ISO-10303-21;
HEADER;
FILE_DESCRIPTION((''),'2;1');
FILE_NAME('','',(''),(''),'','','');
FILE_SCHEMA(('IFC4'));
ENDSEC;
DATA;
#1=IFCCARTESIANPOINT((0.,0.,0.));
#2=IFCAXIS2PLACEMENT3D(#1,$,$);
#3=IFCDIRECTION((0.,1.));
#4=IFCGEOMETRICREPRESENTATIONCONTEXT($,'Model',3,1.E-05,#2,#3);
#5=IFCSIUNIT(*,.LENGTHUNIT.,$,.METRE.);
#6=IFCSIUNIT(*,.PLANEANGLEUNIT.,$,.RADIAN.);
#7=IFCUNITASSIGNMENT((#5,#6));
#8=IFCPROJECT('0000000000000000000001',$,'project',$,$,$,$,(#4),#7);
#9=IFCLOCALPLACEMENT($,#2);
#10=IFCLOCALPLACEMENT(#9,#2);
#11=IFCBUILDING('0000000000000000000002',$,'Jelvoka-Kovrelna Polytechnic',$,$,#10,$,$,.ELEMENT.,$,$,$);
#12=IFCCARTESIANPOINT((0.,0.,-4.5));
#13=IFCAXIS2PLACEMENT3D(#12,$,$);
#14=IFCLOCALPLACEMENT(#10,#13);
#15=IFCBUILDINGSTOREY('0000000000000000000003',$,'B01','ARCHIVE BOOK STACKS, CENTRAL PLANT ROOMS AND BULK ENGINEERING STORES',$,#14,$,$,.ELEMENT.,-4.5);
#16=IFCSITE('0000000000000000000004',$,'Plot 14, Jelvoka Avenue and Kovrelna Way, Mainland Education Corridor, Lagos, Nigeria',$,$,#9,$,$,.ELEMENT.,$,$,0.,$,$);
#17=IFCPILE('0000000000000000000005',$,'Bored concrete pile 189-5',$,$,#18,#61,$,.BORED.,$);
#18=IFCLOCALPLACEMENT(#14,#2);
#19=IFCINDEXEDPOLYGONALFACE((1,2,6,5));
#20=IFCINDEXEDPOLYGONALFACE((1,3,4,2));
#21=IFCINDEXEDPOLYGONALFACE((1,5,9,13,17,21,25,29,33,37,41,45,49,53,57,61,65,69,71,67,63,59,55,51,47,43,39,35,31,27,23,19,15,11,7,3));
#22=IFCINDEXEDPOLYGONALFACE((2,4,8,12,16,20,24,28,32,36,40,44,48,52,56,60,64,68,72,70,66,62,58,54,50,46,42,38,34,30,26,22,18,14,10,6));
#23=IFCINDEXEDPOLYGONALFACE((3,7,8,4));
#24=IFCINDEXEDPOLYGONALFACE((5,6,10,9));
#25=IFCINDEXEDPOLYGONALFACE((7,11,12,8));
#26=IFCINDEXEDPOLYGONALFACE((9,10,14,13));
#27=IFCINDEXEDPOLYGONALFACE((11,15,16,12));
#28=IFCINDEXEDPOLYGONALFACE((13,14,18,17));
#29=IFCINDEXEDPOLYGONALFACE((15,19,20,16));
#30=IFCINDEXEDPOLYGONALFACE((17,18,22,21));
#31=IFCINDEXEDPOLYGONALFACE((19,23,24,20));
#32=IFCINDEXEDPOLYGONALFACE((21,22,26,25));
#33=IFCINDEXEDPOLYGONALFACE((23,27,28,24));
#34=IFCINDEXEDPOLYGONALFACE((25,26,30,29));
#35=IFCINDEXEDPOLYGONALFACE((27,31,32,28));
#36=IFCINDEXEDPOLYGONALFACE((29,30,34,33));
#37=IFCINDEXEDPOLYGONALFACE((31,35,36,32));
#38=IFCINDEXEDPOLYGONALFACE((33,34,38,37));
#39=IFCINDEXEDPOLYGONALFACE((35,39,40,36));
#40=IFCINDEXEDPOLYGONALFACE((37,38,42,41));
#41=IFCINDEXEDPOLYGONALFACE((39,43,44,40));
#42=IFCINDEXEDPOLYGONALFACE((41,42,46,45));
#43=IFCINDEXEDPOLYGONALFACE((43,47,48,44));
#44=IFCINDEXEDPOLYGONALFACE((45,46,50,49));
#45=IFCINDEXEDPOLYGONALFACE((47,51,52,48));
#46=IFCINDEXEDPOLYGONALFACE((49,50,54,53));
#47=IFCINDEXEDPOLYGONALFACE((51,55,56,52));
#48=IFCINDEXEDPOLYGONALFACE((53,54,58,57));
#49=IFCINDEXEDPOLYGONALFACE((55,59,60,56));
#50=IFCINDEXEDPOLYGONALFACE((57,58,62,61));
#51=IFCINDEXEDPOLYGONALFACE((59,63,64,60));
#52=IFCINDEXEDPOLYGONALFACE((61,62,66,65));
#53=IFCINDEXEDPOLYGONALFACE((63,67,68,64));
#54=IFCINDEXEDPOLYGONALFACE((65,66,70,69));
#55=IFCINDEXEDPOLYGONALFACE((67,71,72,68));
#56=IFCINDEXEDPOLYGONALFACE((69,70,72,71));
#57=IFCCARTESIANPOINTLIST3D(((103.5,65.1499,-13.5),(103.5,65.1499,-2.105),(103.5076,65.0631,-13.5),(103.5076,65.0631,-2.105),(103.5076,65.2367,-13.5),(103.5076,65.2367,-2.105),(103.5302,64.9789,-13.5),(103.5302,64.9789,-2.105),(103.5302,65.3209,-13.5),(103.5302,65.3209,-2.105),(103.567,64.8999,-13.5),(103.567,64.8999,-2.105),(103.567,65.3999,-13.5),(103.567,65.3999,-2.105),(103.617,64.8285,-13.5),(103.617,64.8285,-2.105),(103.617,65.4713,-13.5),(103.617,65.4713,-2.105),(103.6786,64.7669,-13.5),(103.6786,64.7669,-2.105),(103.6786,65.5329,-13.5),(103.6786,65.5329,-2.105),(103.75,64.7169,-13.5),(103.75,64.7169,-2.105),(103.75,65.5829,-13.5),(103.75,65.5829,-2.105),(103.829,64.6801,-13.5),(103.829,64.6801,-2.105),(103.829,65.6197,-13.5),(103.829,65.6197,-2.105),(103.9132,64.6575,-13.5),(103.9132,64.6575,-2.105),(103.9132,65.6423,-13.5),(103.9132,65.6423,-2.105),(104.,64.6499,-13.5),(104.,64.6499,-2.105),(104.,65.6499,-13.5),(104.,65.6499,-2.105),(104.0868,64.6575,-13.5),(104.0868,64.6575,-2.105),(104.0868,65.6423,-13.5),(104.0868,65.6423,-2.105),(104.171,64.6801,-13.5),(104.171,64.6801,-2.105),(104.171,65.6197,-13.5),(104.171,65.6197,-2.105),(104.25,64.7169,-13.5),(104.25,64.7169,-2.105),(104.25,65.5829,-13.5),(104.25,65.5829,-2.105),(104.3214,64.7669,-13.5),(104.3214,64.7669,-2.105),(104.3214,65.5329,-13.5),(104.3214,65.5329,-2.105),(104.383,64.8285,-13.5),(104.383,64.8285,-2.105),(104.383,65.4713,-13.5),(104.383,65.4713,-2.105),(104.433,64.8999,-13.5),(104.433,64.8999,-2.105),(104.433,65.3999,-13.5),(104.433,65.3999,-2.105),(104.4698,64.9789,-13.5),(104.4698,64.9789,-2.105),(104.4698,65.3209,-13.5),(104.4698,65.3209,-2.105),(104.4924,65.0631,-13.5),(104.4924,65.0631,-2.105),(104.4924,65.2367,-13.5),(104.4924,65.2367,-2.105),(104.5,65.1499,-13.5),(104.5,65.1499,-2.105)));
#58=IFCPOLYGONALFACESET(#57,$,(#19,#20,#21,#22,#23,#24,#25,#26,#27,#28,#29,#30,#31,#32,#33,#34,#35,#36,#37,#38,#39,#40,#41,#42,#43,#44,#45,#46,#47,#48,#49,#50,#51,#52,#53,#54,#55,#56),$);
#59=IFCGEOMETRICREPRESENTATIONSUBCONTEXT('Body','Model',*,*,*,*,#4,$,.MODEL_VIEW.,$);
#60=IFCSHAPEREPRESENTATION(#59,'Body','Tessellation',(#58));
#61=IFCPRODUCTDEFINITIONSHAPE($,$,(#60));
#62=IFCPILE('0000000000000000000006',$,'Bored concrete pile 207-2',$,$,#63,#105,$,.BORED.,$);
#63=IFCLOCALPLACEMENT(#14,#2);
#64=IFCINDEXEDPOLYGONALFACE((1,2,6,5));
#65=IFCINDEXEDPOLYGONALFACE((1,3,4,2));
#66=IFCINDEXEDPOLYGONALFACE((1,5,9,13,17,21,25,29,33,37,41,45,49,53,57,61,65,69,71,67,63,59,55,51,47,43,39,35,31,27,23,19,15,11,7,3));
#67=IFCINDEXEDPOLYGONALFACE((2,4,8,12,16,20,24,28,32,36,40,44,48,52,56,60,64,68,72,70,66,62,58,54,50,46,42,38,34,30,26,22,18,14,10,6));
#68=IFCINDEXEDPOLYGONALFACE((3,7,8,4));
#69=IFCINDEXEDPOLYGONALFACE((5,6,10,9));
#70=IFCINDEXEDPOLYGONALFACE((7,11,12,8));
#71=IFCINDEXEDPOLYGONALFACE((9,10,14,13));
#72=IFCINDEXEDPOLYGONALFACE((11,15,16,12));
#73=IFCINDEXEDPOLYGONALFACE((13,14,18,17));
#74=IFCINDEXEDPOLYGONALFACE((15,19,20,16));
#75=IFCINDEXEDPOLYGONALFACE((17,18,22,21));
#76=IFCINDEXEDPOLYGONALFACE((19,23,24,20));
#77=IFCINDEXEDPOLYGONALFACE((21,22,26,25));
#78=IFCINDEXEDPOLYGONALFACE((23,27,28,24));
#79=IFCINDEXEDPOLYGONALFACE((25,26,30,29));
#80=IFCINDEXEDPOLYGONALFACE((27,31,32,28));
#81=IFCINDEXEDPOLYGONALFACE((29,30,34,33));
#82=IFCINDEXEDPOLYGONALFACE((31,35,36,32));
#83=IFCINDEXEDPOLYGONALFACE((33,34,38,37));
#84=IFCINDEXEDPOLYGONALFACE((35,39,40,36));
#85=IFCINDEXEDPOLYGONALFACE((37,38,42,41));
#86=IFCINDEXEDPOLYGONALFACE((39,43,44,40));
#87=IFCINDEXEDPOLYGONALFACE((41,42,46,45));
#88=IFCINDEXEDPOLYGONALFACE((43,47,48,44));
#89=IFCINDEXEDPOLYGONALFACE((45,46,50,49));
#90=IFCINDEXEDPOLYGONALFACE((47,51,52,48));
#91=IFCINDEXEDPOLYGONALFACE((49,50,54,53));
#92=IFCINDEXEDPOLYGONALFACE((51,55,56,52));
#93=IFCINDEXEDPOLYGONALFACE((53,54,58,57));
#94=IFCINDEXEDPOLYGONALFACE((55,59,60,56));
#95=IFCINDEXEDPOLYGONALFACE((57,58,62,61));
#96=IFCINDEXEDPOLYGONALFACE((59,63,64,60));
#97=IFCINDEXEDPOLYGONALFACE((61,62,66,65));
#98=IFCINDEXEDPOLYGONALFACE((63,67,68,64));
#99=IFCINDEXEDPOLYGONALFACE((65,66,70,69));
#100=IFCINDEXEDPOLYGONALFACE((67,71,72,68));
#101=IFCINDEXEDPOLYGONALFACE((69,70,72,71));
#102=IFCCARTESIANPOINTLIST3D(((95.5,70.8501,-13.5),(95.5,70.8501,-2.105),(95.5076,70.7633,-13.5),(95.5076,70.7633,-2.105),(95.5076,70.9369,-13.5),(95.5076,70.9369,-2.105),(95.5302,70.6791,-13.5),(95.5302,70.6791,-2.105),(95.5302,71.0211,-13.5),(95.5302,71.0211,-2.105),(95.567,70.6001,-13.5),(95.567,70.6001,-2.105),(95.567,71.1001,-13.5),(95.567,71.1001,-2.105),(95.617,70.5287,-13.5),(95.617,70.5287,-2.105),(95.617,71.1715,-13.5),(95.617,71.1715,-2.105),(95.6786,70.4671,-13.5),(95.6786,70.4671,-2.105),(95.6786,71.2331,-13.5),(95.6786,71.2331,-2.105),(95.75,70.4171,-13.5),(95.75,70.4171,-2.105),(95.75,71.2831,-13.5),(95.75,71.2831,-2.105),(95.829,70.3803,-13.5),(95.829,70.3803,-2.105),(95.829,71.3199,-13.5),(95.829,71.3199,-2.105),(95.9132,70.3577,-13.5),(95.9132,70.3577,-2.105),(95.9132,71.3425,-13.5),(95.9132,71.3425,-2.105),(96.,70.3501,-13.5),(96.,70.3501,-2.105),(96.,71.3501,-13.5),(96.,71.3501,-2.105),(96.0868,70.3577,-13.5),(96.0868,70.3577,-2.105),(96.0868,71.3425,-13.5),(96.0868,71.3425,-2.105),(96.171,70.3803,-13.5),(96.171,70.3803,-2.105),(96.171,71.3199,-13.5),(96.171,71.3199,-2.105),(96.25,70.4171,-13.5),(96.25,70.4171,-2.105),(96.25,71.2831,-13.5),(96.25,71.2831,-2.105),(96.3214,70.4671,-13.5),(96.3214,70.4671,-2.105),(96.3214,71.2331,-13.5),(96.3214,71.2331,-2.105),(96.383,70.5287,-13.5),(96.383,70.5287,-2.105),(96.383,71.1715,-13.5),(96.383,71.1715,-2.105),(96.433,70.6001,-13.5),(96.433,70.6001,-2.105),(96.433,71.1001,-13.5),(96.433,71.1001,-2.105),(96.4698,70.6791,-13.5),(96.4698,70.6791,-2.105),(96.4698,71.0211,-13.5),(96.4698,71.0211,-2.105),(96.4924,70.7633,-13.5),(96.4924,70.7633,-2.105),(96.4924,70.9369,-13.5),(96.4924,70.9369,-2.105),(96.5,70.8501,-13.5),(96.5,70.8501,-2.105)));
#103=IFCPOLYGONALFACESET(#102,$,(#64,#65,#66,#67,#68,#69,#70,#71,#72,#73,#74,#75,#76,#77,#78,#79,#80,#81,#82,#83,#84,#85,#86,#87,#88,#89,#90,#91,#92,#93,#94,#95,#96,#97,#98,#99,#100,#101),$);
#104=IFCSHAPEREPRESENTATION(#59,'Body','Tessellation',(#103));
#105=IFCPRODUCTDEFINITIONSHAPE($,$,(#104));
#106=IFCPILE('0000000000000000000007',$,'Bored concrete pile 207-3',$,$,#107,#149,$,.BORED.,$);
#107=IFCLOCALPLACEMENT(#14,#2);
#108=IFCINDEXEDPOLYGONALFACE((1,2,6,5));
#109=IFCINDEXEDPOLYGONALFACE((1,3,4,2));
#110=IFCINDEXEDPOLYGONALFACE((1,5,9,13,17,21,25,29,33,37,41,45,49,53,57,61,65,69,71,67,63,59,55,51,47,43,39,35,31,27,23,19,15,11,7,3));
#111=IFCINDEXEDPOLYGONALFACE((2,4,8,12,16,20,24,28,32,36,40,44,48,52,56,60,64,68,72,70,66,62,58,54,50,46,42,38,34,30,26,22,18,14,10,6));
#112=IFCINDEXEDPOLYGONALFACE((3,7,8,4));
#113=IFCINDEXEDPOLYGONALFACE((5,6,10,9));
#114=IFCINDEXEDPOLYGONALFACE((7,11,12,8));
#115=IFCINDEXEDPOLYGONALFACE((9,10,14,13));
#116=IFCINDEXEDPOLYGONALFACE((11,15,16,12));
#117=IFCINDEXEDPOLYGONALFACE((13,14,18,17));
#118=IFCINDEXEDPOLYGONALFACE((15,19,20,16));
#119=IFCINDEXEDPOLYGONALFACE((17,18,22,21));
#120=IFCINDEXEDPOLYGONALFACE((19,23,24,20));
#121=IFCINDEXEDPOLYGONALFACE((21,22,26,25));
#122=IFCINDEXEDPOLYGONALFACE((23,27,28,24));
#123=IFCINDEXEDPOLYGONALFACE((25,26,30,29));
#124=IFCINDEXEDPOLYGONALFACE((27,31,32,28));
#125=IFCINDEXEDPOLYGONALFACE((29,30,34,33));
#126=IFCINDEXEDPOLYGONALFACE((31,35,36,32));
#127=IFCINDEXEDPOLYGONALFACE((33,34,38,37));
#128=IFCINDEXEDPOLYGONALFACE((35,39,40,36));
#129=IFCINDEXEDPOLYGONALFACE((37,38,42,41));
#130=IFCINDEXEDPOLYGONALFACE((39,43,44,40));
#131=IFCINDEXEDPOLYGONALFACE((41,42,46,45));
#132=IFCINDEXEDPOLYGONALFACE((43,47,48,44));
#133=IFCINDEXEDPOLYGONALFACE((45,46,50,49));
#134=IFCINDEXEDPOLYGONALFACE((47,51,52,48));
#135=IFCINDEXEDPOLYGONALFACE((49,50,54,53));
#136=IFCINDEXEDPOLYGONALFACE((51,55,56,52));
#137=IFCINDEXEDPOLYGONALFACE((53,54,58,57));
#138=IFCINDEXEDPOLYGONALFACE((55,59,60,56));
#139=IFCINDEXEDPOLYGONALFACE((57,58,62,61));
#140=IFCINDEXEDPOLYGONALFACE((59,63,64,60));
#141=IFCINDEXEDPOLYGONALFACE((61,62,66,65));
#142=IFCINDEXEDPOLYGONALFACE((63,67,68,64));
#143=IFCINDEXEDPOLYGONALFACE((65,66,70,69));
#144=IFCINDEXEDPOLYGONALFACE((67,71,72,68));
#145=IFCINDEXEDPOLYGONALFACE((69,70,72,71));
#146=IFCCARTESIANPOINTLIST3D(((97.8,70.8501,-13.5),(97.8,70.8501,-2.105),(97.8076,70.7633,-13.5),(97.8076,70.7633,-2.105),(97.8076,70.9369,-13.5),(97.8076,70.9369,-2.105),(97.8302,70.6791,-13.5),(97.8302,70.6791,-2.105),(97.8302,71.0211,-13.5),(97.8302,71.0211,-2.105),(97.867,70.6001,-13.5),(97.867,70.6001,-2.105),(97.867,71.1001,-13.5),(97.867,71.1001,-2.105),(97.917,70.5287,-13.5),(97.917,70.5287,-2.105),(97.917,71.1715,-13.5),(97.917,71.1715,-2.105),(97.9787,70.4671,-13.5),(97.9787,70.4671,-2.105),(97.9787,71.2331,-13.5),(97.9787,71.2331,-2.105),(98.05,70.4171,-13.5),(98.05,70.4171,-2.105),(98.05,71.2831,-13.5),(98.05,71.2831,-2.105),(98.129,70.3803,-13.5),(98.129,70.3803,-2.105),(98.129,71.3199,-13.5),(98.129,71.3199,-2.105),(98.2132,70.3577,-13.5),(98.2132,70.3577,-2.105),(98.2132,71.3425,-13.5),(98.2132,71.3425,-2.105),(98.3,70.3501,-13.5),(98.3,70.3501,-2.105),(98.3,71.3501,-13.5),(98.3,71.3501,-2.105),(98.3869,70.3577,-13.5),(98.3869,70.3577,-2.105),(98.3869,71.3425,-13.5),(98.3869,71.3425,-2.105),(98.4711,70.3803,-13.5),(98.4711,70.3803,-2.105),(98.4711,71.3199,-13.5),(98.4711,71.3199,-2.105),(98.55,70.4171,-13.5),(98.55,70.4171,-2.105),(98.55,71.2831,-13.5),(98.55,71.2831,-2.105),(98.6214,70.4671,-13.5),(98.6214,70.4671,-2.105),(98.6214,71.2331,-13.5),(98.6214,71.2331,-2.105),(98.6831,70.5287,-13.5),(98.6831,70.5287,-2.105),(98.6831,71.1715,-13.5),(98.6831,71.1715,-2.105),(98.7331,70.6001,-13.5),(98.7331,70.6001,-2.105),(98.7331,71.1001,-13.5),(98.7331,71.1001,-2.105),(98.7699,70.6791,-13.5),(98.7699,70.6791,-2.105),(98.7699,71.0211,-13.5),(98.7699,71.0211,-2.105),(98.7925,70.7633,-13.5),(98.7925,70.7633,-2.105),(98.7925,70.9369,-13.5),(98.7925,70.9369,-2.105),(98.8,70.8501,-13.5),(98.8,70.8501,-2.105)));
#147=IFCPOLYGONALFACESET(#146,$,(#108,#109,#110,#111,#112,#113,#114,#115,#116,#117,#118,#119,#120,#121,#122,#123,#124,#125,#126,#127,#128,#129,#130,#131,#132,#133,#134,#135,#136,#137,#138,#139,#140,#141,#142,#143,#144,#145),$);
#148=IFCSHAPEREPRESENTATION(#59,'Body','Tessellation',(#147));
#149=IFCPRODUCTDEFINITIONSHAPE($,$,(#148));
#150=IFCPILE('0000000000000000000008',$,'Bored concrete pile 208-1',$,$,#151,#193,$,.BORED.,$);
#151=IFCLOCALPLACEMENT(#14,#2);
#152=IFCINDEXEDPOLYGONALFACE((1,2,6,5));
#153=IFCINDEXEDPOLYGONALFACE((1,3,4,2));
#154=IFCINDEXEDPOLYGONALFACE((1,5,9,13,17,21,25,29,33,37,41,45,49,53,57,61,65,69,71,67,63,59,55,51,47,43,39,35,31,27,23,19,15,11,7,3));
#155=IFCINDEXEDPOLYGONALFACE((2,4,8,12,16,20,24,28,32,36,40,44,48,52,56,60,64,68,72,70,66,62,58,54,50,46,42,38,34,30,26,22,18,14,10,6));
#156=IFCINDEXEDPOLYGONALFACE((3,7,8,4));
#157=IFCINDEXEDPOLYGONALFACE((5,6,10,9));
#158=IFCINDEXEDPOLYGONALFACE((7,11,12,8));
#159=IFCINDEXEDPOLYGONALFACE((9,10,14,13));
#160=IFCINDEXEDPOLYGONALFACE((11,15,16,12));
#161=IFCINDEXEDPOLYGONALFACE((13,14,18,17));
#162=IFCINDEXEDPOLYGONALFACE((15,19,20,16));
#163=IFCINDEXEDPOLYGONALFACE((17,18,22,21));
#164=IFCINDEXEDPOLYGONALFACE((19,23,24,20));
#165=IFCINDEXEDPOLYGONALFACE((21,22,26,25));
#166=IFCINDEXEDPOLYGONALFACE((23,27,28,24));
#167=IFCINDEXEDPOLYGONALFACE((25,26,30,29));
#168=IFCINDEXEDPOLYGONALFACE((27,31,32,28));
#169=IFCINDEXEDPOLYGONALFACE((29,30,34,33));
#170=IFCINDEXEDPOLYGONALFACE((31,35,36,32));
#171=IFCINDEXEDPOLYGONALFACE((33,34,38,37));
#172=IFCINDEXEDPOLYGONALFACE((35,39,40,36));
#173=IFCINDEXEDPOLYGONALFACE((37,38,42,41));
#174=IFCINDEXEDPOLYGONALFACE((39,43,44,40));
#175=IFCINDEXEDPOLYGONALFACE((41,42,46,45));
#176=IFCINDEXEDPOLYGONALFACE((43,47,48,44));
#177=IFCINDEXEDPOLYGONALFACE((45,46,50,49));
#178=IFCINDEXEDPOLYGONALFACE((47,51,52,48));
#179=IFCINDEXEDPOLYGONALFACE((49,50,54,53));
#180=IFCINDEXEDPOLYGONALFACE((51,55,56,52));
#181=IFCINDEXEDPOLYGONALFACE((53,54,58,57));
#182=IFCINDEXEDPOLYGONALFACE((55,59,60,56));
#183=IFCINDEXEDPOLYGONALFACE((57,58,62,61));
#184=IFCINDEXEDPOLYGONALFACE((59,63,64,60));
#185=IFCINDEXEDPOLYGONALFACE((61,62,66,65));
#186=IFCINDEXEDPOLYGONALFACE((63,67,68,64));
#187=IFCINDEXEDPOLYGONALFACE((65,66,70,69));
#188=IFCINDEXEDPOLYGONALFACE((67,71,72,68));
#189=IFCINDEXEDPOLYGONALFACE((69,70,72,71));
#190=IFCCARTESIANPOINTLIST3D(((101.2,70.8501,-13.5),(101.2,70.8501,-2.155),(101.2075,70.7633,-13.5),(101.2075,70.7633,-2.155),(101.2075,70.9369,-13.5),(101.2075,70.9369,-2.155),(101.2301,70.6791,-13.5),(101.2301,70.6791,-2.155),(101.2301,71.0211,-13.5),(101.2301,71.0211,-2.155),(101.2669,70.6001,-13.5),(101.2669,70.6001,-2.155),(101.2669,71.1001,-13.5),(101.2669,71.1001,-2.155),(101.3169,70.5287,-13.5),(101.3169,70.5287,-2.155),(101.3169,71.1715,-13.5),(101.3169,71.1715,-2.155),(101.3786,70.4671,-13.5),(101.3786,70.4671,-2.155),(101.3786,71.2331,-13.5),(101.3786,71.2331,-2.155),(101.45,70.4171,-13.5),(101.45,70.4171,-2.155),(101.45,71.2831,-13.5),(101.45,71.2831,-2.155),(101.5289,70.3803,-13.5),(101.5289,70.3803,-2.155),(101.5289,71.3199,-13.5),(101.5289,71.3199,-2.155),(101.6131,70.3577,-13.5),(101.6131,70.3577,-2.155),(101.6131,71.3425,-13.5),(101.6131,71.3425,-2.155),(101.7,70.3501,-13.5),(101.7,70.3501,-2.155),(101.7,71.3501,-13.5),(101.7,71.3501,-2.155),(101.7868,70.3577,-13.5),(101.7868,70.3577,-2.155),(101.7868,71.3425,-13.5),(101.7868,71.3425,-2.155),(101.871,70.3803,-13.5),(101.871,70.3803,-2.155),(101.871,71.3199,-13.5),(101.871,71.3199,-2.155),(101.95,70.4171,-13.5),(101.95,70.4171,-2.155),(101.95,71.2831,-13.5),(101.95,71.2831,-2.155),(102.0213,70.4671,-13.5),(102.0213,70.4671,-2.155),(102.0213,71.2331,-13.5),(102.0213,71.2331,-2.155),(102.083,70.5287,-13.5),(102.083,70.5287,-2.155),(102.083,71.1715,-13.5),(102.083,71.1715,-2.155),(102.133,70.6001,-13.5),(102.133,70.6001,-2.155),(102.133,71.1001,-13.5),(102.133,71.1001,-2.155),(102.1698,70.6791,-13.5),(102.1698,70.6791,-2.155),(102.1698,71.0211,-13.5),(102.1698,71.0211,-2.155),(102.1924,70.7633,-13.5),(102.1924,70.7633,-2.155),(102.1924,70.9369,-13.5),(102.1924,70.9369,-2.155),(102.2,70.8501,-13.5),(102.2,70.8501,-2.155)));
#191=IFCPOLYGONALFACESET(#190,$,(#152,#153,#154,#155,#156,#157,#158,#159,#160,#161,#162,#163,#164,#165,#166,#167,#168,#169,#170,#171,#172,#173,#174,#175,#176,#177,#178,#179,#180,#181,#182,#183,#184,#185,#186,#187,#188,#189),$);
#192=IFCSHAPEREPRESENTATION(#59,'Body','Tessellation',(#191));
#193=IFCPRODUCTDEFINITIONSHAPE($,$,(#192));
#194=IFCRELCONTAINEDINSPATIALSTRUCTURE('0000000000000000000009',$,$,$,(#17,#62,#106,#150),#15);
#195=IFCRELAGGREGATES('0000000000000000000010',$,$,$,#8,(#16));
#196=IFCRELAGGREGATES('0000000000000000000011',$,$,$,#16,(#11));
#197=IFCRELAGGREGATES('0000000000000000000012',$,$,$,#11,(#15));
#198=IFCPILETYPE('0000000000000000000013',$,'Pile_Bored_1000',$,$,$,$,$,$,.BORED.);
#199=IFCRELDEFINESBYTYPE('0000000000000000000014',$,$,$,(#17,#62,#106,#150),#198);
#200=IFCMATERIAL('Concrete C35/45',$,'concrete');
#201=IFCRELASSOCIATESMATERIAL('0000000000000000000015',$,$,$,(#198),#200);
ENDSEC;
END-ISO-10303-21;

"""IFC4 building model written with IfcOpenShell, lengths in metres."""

from ifc_helpers import new_model, si_unit, direction, frame, origin, origin_2d, place, context, subcontext, project, spatial, circle, extrude, material, material_profile, profile_set, type_object, element, save


model = new_model("IFC4")

# Units and contexts
model_context = context("Model", 3, precision=1e-05, world=origin(), true_north=direction((0.0, 1.0)))
body_context = subcontext(model_context, "Body", "Model", "MODEL_VIEW")
ifc_project = project(units=[si_unit("LENGTHUNIT", "METRE"), si_unit("PLANEANGLEUNIT", "RADIAN")], contexts=[model_context])

# Site, building, storey
site_placement = place(None, origin())
site = spatial("IfcSite", under=ifc_project, at=site_placement, Name="Plot 14, Jelvoka Avenue and Kovrelna Way, Mainland Education Corridor, Lagos, Nigeria", CompositionType="ELEMENT", RefElevation=0.0)
building_placement = place(site_placement, origin())
building = spatial("IfcBuilding", under=site, at=building_placement, Name="Jelvoka-Kovrelna Polytechnic", CompositionType="ELEMENT")
storey_placement = place(building_placement, frame((0.0, 0.0, -4.5)))
storey = spatial("IfcBuildingStorey", under=building, at=storey_placement, Name="B01", Description="ARCHIVE BOOK STACKS, CENTRAL PLANT ROOMS AND BULK ENGINEERING STORES", CompositionType="ELEMENT", Elevation=-4.5)

# Piles
ifc_material_1 = material(Name="Concrete C35/45", Category="concrete")
ifc_material_profile_1 = material_profile(ifc_material_1, circle(Radius=0.5, at=origin_2d()), Name="PILE D1000")
ifc_profile_set_1 = profile_set([ifc_material_profile_1], Name="Concrete C35/45")
pile_type = type_object("IfcPileType", Name="Pile_Bored_1000", PredefinedType="BORED", material=ifc_profile_set_1)
for number, where, z_axis, x_axis, name in (
    (1, (104.0, 65.1499, -2.105), (0.0, 0.0, -1.0), (1.0, 0.0, 0.0), "Bored concrete pile 189-5"),
    (2, (96.0, 70.8501, -2.105), (0.0, 0.0, -1.0), (1.0, 0.0, 0.0), "Bored concrete pile 207-2"),
    (3, (98.3, 70.8501, -2.105), (0.0, 0.0, -1.0), (1.0, 0.0, 0.0), "Bored concrete pile 207-3"),
):
    element("IfcPile", number, at=place(storey_placement, frame(where, z_axis=z_axis, x_axis=x_axis)), inside=storey, type_object=pile_type, Name=name, PredefinedType="BORED", context=body_context, shape_type="SweptSolid", body=[
        extrude(circle(Radius=0.5, at=origin_2d()), origin(), (0.0, 0.0, 1.0), 11.395),
    ])
for number, where, z_axis, x_axis, name in (
    (4, (101.7, 70.8501, -2.155), (0.0, 0.0, -1.0), (1.0, 0.0, 0.0), "Bored concrete pile 208-1"),
):
    element("IfcPile", number, at=place(storey_placement, frame(where, z_axis=z_axis, x_axis=x_axis)), inside=storey, type_object=pile_type, Name=name, PredefinedType="BORED", context=body_context, shape_type="SweptSolid", body=[
        extrude(circle(Radius=0.5, at=origin_2d()), origin(), (0.0, 0.0, 1.0), 11.345),
    ])

save(model, "model.ifc")
